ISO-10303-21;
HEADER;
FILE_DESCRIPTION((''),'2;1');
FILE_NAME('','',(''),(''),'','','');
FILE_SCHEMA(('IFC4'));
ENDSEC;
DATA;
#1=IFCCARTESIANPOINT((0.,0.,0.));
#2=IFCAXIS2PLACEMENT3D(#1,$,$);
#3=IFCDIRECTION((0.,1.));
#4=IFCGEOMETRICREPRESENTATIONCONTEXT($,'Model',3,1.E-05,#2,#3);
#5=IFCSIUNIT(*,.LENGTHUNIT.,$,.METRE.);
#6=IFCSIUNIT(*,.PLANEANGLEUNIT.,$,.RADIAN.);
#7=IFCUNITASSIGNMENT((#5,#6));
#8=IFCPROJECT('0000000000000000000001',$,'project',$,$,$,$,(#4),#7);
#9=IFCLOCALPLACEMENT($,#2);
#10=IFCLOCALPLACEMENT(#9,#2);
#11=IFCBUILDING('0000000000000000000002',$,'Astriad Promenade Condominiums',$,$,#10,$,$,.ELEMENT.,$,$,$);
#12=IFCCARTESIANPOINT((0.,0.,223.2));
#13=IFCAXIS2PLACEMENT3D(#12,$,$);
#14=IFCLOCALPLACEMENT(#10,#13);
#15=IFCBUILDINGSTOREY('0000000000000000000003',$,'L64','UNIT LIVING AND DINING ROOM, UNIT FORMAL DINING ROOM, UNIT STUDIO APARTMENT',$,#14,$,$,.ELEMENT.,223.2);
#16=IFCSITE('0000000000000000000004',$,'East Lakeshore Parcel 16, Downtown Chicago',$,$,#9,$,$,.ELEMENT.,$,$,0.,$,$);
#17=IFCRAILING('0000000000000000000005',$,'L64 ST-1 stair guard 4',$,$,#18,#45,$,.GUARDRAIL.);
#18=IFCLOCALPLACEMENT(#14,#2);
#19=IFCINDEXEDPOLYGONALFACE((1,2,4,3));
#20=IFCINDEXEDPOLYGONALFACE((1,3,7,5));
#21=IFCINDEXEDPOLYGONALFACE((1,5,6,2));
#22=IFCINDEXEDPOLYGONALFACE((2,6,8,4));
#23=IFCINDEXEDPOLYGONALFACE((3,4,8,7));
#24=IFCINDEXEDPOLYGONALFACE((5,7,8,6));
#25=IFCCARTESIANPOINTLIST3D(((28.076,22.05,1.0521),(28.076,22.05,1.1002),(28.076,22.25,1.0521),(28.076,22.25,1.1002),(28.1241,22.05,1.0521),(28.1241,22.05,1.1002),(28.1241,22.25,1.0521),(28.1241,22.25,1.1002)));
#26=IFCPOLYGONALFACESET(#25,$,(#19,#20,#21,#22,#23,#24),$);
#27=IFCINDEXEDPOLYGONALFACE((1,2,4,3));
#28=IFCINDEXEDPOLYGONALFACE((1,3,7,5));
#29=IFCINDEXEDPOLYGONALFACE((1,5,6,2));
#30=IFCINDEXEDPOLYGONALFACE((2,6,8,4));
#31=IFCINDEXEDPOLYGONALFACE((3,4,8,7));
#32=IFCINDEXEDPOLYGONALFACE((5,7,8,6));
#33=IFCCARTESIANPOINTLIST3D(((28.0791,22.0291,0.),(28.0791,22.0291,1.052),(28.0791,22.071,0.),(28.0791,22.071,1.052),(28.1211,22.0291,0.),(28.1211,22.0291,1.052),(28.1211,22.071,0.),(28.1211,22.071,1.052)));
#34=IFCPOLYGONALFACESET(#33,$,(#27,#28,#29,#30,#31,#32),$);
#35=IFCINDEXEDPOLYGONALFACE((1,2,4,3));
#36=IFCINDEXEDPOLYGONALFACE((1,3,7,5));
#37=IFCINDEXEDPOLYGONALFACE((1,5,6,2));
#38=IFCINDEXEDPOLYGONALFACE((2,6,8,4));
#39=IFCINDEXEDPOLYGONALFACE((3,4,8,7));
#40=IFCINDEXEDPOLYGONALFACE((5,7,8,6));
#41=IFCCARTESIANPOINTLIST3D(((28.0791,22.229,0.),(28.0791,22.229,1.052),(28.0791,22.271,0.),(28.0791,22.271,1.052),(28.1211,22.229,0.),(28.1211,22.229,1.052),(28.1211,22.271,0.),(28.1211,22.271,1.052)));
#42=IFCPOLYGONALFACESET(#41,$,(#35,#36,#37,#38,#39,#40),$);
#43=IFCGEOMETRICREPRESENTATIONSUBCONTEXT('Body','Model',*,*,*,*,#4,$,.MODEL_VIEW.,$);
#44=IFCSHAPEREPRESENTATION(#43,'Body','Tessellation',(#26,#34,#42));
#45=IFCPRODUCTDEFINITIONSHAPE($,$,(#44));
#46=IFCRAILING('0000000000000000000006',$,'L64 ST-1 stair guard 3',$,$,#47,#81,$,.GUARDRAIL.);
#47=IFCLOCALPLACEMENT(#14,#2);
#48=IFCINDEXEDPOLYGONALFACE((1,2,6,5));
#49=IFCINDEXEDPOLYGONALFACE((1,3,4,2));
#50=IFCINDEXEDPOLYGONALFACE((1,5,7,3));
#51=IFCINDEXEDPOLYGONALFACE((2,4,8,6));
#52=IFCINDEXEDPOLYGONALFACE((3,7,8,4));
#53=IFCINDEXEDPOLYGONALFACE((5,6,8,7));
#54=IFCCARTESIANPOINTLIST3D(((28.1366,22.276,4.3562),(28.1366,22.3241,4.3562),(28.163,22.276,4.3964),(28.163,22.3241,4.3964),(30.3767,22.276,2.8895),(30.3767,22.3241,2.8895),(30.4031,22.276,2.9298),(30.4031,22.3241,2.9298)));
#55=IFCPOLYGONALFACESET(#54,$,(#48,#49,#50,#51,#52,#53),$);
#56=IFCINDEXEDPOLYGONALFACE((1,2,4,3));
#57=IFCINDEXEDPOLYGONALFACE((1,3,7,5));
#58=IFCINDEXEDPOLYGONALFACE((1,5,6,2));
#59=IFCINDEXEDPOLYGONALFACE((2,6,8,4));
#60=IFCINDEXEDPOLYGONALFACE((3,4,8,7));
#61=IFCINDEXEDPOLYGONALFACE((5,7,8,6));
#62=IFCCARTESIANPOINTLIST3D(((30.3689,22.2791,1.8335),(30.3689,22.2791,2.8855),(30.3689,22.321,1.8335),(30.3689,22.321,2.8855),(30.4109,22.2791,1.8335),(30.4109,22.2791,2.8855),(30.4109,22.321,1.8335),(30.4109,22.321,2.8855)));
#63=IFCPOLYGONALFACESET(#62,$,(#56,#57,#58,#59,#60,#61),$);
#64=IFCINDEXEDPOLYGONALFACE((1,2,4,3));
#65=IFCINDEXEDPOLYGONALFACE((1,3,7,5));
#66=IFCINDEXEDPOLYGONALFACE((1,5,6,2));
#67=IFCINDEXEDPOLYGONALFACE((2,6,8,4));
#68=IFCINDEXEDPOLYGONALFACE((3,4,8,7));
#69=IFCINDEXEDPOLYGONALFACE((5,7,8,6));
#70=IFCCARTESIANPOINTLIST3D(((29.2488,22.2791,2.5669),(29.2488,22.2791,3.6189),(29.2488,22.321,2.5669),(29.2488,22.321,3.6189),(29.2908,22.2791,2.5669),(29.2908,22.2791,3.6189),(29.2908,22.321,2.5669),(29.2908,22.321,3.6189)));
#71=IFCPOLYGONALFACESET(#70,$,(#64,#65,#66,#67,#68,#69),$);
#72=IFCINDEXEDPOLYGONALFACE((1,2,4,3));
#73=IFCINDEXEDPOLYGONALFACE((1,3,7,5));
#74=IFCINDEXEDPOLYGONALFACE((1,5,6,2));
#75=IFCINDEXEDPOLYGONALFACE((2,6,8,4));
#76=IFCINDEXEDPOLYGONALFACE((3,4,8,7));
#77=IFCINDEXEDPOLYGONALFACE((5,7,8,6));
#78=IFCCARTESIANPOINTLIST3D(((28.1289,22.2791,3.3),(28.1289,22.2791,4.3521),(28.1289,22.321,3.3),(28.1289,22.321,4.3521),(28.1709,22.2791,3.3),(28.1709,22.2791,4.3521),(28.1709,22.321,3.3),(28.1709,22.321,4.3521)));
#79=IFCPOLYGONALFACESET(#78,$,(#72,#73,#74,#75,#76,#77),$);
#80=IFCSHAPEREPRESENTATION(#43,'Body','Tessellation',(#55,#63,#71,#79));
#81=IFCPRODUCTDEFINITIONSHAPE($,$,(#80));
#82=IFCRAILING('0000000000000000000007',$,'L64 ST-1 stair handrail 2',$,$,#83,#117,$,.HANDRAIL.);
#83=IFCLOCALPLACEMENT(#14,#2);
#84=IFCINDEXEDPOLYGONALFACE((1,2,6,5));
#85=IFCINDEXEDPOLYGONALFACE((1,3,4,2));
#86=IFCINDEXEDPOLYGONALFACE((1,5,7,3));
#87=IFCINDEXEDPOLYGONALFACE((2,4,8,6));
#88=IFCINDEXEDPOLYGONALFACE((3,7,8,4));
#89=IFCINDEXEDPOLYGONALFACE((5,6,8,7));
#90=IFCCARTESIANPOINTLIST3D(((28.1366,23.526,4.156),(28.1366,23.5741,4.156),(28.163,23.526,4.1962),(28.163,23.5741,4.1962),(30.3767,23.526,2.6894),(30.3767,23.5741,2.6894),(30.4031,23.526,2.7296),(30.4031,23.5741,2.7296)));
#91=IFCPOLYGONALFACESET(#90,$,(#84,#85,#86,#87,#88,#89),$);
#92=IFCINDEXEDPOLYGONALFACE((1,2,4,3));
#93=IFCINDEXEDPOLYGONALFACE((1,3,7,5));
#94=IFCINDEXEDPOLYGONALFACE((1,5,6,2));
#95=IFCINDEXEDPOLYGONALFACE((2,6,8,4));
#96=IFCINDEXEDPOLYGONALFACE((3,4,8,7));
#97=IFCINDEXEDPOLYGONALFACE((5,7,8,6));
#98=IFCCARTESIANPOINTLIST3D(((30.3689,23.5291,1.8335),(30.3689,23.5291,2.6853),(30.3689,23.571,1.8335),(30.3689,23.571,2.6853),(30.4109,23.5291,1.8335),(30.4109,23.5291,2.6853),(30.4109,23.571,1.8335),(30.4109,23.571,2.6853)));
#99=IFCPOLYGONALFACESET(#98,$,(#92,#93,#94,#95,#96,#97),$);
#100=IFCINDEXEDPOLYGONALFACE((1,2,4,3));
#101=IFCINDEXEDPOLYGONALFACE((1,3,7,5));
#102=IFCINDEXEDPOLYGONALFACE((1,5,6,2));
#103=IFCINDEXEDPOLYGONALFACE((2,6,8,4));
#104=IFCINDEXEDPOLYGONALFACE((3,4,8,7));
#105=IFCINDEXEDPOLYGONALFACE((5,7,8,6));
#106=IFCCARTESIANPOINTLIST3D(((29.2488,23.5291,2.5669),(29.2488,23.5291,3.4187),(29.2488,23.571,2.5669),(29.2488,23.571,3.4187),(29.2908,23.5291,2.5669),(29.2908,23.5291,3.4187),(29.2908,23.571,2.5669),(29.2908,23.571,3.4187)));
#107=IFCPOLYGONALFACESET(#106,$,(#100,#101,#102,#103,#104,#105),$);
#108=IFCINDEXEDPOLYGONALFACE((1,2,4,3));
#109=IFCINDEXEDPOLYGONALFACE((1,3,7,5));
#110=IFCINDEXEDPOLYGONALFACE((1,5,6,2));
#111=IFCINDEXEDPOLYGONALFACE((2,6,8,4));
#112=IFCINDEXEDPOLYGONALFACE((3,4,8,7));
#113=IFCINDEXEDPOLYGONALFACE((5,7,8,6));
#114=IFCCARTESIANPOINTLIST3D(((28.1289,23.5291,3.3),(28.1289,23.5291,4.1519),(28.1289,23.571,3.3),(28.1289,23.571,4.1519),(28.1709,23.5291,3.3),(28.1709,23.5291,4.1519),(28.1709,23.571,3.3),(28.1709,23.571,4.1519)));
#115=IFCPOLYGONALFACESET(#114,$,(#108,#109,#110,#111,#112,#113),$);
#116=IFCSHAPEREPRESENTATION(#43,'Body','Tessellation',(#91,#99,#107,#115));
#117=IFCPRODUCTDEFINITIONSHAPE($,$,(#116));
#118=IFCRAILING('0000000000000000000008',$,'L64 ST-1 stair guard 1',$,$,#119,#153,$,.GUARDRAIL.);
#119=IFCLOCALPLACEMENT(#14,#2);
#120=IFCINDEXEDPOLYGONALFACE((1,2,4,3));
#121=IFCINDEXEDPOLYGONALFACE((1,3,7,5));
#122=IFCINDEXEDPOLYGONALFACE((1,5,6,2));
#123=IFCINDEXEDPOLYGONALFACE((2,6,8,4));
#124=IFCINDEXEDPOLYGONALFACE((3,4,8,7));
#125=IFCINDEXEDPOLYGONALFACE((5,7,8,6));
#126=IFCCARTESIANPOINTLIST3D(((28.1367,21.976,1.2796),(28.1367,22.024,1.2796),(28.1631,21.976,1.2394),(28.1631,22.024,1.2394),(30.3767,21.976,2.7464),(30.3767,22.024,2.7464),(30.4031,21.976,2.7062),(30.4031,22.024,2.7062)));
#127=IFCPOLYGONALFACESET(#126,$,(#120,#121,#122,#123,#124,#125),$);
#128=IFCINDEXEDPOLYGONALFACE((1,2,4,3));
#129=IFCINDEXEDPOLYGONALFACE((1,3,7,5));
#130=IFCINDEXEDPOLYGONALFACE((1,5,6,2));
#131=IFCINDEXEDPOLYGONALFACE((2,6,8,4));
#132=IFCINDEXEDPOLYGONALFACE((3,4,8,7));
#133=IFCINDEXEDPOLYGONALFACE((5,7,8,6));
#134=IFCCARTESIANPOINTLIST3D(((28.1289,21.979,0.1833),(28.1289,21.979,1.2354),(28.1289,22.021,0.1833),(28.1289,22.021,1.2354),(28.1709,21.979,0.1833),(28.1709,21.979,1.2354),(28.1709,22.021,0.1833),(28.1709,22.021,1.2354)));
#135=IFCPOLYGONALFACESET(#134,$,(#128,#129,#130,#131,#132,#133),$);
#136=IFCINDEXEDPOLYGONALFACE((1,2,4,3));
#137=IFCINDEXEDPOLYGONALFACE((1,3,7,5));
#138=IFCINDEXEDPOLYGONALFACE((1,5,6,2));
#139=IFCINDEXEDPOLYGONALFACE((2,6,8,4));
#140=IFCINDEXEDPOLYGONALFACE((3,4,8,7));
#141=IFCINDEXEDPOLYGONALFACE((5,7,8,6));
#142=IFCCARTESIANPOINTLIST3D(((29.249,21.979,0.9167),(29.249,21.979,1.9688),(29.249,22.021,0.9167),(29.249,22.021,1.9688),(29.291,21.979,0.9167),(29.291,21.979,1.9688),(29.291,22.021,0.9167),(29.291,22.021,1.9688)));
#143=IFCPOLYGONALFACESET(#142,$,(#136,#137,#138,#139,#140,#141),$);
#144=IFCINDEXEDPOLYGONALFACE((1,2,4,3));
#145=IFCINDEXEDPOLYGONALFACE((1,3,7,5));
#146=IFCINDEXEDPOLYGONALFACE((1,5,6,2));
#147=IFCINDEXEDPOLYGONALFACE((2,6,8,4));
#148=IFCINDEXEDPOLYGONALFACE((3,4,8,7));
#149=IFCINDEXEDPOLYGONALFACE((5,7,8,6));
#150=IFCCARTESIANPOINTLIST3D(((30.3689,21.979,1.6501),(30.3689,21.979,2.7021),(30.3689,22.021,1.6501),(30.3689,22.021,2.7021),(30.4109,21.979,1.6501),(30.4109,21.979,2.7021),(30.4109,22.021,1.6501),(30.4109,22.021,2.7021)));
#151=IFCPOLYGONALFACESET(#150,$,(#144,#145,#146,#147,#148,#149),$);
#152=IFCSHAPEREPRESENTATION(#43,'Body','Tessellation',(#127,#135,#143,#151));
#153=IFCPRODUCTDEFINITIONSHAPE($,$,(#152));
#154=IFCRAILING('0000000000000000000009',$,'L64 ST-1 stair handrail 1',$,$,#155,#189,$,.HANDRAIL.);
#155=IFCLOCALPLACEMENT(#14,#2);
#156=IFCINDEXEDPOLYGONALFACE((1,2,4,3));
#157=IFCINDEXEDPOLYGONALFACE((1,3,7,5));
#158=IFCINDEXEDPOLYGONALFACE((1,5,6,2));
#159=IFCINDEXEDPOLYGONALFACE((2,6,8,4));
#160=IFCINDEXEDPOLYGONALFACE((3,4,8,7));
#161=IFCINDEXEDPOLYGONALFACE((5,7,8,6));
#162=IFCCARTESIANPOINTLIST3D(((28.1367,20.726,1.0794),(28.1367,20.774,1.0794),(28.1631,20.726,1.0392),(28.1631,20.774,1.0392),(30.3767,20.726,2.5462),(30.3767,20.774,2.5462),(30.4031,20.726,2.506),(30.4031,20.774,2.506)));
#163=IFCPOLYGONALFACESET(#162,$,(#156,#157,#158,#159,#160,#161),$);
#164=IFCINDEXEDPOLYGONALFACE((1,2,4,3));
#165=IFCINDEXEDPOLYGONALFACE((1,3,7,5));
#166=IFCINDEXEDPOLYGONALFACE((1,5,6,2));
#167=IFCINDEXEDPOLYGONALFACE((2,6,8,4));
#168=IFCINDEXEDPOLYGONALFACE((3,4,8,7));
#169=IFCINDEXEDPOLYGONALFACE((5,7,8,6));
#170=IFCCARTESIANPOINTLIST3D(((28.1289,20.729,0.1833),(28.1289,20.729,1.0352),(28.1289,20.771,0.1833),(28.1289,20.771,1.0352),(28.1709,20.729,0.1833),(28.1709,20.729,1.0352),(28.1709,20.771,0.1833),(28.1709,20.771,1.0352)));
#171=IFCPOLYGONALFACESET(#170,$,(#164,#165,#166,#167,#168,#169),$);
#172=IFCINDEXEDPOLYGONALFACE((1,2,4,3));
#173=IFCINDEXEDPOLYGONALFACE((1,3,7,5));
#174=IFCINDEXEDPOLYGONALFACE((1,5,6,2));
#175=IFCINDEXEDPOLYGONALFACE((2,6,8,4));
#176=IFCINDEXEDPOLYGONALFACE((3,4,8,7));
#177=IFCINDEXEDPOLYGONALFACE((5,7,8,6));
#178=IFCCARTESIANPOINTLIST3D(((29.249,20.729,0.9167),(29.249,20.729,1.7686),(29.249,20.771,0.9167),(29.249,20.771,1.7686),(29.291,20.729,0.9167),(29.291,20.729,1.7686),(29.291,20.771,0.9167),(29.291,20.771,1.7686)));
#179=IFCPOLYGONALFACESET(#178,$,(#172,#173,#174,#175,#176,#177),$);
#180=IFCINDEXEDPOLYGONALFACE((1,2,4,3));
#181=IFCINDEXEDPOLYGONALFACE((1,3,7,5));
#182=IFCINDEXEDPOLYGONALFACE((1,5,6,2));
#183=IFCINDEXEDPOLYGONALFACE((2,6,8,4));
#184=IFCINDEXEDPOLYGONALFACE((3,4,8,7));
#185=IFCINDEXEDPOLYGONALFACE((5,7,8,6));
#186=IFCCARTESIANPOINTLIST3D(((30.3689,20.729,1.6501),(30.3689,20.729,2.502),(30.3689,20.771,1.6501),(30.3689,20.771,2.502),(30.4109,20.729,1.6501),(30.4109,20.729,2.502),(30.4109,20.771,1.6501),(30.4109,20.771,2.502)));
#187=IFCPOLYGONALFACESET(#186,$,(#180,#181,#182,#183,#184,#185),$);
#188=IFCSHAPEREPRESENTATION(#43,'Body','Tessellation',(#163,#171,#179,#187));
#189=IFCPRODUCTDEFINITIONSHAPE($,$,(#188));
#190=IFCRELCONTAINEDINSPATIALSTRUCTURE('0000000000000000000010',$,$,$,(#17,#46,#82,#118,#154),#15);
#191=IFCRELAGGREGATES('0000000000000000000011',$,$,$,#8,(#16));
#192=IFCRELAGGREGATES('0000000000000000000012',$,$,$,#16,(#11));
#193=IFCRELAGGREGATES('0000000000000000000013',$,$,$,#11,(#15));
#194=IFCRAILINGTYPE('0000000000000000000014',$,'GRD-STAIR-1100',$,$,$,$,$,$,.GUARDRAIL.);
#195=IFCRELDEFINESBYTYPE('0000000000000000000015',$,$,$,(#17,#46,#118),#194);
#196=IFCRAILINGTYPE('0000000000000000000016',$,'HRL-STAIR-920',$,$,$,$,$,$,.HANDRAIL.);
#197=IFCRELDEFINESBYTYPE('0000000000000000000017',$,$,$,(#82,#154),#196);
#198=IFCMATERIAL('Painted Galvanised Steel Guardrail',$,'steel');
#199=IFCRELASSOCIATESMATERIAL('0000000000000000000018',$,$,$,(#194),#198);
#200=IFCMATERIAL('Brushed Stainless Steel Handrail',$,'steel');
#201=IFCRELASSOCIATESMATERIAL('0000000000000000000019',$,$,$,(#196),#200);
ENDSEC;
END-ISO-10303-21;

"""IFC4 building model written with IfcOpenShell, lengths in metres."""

from ifc_helpers import new_model, si_unit, direction, frame, origin, origin_2d, place, context, subcontext, project, spatial, rectangle, extrude, source, transform, mapped, material, type_object, type_shapes, element, save


model = new_model("IFC4")

# Units and contexts
model_context = context("Model", 3, precision=1e-05, world=origin(), true_north=direction((0.0, 1.0)))
body_context = subcontext(model_context, "Body", "Model", "MODEL_VIEW")
ifc_project = project(units=[si_unit("LENGTHUNIT", "METRE"), si_unit("PLANEANGLEUNIT", "RADIAN")], contexts=[model_context])

# Site, building, storey
site_placement = place(None, origin())
site = spatial("IfcSite", under=ifc_project, at=site_placement, Name="East Lakeshore Parcel 16, Downtown Chicago", CompositionType="ELEMENT", RefElevation=0.0)
building_placement = place(site_placement, origin())
building = spatial("IfcBuilding", under=site, at=building_placement, Name="Astriad Promenade Condominiums", CompositionType="ELEMENT")
storey_placement = place(building_placement, frame((0.0, 0.0, 223.2)))
storey = spatial("IfcBuildingStorey", under=building, at=storey_placement, Name="L64", Description="UNIT LIVING AND DINING ROOM, UNIT FORMAL DINING ROOM, UNIT STUDIO APARTMENT", CompositionType="ELEMENT", Elevation=223.2)

# Railings
ifc_material_1 = material(Name="Painted Galvanised Steel Guardrail", Category="steel")
railing_type_1 = type_object("IfcRailingType", Name="GRD-STAIR-1100", PredefinedType="GUARDRAIL", material=ifc_material_1)
shared_shape_1 = source(origin(), body_context, "Body", "SweptSolid", [
    extrude(rectangle(XDim=0.0481, YDim=0.0481, at=origin_2d()), frame((0.0, 0.0, 1.0762), z_axis=(0.0, 1.0, 0.0), x_axis=(-1.0, 0.0, 0.0)), (0.0, 0.0, 1.0), 0.2),
    extrude(rectangle(XDim=0.042, YDim=0.042, at=origin_2d()), origin(), (0.0, 0.0, 1.0), 1.052),
    extrude(rectangle(XDim=0.042, YDim=0.042, at=origin_2d()), frame((0.0, 0.2, 0.0)), (0.0, 0.0, 1.0), 1.052),
])
for number, where, name in (
    (1, (28.1001, 22.05, 0.0), "L64 ST-1 stair guard 4"),
):
    element("IfcRailing", number, at=place(storey_placement, frame(where)), inside=storey, type_object=railing_type_1, Name=name, PredefinedType="GUARDRAIL", context=body_context, shape_type="MappedRepresentation", body=[
        mapped(shared_shape_1, transform((0.0, 0.0, 0.0), scale=1.0)),
    ])
shared_shape_2 = source(origin(), body_context, "Body", "SweptSolid", [
    extrude(rectangle(XDim=0.0481, YDim=0.0481, at=origin_2d()), frame((0.0, 0.0, 1.0762), z_axis=(-0.836637, 0.0, 0.547758), x_axis=(0.0, -1.0, 0.0)), (0.0, 0.0, 1.0), 2.6775),
    extrude(rectangle(XDim=0.042, YDim=0.042, at=origin_2d()), origin(), (0.0, 0.0, 1.0), 1.052),
    extrude(rectangle(XDim=0.042, YDim=0.042, at=origin_2d()), frame((-1.1201, 0.0, 0.7334)), (0.0, 0.0, 1.0), 1.052),
    extrude(rectangle(XDim=0.042, YDim=0.042, at=origin_2d()), frame((-2.24, 0.0, 1.4666)), (0.0, 0.0, 1.0), 1.052),
])
railing_1_placement = place(storey_placement, frame((30.3899, 22.3, 1.8335)))
element("IfcRailing", 2, at=railing_1_placement, inside=storey, type_object=railing_type_1, Name="L64 ST-1 stair guard 3", PredefinedType="GUARDRAIL", context=body_context, shape_type="MappedRepresentation", body=[
    mapped(shared_shape_2, transform((0.0, 0.0, 0.0), scale=1.0)),
])
ifc_material_2 = material(Name="Brushed Stainless Steel Handrail", Category="steel")
railing_type_2 = type_object("IfcRailingType", Name="HRL-STAIR-920", PredefinedType="HANDRAIL", material=ifc_material_2)
shared_shape_3 = source(origin(), body_context, "Body", "SweptSolid", [
    extrude(rectangle(XDim=0.0481, YDim=0.0481, at=origin_2d()), frame((0.0, 0.0, 0.876), z_axis=(-0.836637, 0.0, 0.547758), x_axis=(0.0, -1.0, 0.0)), (0.0, 0.0, 1.0), 2.6775),
    extrude(rectangle(XDim=0.042, YDim=0.042, at=origin_2d()), origin(), (0.0, 0.0, 1.0), 0.8518),
    extrude(rectangle(XDim=0.042, YDim=0.042, at=origin_2d()), frame((-1.1201, 0.0, 0.7334)), (0.0, 0.0, 1.0), 0.8518),
    extrude(rectangle(XDim=0.042, YDim=0.042, at=origin_2d()), frame((-2.24, 0.0, 1.4666)), (0.0, 0.0, 1.0), 0.8518),
])
railing_2_placement = place(storey_placement, frame((30.3899, 23.55, 1.8335)))
element("IfcRailing", 3, at=railing_2_placement, inside=storey, type_object=railing_type_2, Name="L64 ST-1 stair handrail 2", PredefinedType="HANDRAIL", context=body_context, shape_type="MappedRepresentation", body=[
    mapped(shared_shape_3, transform((0.0, 0.0, 0.0), scale=1.0)),
])
shared_shape_4 = source(origin(), body_context, "Body", "SweptSolid", [
    extrude(rectangle(XDim=0.0481, YDim=0.0481, at=origin_2d()), frame((0.0, 0.0, 1.0762), z_axis=(0.836595, 0.0, 0.547822), x_axis=(0.0, 1.0, 0.0)), (0.0, 0.0, 1.0), 2.6775),
    extrude(rectangle(XDim=0.042, YDim=0.042, at=origin_2d()), origin(), (0.0, 0.0, 1.0), 1.052),
    extrude(rectangle(XDim=0.042, YDim=0.042, at=origin_2d()), frame((1.1201, 0.0, 0.7334)), (0.0, 0.0, 1.0), 1.052),
    extrude(rectangle(XDim=0.042, YDim=0.042, at=origin_2d()), frame((2.24, 0.0, 1.4668)), (0.0, 0.0, 1.0), 1.052),
])
type_shapes(railing_type_1, [shared_shape_1, shared_shape_2, shared_shape_4])
railing_3_placement = place(storey_placement, frame((28.1499, 22.0, 0.1833)))
element("IfcRailing", 4, at=railing_3_placement, inside=storey, type_object=railing_type_1, Name="L64 ST-1 stair guard 1", PredefinedType="GUARDRAIL", context=body_context, shape_type="MappedRepresentation", body=[
    mapped(shared_shape_4, transform((0.0, 0.0, 0.0), scale=1.0)),
])
shared_shape_5 = source(origin(), body_context, "Body", "SweptSolid", [
    extrude(rectangle(XDim=0.0481, YDim=0.0481, at=origin_2d()), frame((0.0, 0.0, 0.876), z_axis=(0.836595, 0.0, 0.547822), x_axis=(0.0, 1.0, 0.0)), (0.0, 0.0, 1.0), 2.6775),
    extrude(rectangle(XDim=0.042, YDim=0.042, at=origin_2d()), origin(), (0.0, 0.0, 1.0), 0.8518),
    extrude(rectangle(XDim=0.042, YDim=0.042, at=origin_2d()), frame((1.1201, 0.0, 0.7334)), (0.0, 0.0, 1.0), 0.8518),
    extrude(rectangle(XDim=0.042, YDim=0.042, at=origin_2d()), frame((2.24, 0.0, 1.4668)), (0.0, 0.0, 1.0), 0.8518),
])
type_shapes(railing_type_2, [shared_shape_3, shared_shape_5])
railing_4_placement = place(storey_placement, frame((28.1499, 20.75, 0.1833)))
element("IfcRailing", 5, at=railing_4_placement, inside=storey, type_object=railing_type_2, Name="L64 ST-1 stair handrail 1", PredefinedType="HANDRAIL", context=body_context, shape_type="MappedRepresentation", body=[
    mapped(shared_shape_5, transform((0.0, 0.0, 0.0), scale=1.0)),
])

save(model, "model.ifc")
